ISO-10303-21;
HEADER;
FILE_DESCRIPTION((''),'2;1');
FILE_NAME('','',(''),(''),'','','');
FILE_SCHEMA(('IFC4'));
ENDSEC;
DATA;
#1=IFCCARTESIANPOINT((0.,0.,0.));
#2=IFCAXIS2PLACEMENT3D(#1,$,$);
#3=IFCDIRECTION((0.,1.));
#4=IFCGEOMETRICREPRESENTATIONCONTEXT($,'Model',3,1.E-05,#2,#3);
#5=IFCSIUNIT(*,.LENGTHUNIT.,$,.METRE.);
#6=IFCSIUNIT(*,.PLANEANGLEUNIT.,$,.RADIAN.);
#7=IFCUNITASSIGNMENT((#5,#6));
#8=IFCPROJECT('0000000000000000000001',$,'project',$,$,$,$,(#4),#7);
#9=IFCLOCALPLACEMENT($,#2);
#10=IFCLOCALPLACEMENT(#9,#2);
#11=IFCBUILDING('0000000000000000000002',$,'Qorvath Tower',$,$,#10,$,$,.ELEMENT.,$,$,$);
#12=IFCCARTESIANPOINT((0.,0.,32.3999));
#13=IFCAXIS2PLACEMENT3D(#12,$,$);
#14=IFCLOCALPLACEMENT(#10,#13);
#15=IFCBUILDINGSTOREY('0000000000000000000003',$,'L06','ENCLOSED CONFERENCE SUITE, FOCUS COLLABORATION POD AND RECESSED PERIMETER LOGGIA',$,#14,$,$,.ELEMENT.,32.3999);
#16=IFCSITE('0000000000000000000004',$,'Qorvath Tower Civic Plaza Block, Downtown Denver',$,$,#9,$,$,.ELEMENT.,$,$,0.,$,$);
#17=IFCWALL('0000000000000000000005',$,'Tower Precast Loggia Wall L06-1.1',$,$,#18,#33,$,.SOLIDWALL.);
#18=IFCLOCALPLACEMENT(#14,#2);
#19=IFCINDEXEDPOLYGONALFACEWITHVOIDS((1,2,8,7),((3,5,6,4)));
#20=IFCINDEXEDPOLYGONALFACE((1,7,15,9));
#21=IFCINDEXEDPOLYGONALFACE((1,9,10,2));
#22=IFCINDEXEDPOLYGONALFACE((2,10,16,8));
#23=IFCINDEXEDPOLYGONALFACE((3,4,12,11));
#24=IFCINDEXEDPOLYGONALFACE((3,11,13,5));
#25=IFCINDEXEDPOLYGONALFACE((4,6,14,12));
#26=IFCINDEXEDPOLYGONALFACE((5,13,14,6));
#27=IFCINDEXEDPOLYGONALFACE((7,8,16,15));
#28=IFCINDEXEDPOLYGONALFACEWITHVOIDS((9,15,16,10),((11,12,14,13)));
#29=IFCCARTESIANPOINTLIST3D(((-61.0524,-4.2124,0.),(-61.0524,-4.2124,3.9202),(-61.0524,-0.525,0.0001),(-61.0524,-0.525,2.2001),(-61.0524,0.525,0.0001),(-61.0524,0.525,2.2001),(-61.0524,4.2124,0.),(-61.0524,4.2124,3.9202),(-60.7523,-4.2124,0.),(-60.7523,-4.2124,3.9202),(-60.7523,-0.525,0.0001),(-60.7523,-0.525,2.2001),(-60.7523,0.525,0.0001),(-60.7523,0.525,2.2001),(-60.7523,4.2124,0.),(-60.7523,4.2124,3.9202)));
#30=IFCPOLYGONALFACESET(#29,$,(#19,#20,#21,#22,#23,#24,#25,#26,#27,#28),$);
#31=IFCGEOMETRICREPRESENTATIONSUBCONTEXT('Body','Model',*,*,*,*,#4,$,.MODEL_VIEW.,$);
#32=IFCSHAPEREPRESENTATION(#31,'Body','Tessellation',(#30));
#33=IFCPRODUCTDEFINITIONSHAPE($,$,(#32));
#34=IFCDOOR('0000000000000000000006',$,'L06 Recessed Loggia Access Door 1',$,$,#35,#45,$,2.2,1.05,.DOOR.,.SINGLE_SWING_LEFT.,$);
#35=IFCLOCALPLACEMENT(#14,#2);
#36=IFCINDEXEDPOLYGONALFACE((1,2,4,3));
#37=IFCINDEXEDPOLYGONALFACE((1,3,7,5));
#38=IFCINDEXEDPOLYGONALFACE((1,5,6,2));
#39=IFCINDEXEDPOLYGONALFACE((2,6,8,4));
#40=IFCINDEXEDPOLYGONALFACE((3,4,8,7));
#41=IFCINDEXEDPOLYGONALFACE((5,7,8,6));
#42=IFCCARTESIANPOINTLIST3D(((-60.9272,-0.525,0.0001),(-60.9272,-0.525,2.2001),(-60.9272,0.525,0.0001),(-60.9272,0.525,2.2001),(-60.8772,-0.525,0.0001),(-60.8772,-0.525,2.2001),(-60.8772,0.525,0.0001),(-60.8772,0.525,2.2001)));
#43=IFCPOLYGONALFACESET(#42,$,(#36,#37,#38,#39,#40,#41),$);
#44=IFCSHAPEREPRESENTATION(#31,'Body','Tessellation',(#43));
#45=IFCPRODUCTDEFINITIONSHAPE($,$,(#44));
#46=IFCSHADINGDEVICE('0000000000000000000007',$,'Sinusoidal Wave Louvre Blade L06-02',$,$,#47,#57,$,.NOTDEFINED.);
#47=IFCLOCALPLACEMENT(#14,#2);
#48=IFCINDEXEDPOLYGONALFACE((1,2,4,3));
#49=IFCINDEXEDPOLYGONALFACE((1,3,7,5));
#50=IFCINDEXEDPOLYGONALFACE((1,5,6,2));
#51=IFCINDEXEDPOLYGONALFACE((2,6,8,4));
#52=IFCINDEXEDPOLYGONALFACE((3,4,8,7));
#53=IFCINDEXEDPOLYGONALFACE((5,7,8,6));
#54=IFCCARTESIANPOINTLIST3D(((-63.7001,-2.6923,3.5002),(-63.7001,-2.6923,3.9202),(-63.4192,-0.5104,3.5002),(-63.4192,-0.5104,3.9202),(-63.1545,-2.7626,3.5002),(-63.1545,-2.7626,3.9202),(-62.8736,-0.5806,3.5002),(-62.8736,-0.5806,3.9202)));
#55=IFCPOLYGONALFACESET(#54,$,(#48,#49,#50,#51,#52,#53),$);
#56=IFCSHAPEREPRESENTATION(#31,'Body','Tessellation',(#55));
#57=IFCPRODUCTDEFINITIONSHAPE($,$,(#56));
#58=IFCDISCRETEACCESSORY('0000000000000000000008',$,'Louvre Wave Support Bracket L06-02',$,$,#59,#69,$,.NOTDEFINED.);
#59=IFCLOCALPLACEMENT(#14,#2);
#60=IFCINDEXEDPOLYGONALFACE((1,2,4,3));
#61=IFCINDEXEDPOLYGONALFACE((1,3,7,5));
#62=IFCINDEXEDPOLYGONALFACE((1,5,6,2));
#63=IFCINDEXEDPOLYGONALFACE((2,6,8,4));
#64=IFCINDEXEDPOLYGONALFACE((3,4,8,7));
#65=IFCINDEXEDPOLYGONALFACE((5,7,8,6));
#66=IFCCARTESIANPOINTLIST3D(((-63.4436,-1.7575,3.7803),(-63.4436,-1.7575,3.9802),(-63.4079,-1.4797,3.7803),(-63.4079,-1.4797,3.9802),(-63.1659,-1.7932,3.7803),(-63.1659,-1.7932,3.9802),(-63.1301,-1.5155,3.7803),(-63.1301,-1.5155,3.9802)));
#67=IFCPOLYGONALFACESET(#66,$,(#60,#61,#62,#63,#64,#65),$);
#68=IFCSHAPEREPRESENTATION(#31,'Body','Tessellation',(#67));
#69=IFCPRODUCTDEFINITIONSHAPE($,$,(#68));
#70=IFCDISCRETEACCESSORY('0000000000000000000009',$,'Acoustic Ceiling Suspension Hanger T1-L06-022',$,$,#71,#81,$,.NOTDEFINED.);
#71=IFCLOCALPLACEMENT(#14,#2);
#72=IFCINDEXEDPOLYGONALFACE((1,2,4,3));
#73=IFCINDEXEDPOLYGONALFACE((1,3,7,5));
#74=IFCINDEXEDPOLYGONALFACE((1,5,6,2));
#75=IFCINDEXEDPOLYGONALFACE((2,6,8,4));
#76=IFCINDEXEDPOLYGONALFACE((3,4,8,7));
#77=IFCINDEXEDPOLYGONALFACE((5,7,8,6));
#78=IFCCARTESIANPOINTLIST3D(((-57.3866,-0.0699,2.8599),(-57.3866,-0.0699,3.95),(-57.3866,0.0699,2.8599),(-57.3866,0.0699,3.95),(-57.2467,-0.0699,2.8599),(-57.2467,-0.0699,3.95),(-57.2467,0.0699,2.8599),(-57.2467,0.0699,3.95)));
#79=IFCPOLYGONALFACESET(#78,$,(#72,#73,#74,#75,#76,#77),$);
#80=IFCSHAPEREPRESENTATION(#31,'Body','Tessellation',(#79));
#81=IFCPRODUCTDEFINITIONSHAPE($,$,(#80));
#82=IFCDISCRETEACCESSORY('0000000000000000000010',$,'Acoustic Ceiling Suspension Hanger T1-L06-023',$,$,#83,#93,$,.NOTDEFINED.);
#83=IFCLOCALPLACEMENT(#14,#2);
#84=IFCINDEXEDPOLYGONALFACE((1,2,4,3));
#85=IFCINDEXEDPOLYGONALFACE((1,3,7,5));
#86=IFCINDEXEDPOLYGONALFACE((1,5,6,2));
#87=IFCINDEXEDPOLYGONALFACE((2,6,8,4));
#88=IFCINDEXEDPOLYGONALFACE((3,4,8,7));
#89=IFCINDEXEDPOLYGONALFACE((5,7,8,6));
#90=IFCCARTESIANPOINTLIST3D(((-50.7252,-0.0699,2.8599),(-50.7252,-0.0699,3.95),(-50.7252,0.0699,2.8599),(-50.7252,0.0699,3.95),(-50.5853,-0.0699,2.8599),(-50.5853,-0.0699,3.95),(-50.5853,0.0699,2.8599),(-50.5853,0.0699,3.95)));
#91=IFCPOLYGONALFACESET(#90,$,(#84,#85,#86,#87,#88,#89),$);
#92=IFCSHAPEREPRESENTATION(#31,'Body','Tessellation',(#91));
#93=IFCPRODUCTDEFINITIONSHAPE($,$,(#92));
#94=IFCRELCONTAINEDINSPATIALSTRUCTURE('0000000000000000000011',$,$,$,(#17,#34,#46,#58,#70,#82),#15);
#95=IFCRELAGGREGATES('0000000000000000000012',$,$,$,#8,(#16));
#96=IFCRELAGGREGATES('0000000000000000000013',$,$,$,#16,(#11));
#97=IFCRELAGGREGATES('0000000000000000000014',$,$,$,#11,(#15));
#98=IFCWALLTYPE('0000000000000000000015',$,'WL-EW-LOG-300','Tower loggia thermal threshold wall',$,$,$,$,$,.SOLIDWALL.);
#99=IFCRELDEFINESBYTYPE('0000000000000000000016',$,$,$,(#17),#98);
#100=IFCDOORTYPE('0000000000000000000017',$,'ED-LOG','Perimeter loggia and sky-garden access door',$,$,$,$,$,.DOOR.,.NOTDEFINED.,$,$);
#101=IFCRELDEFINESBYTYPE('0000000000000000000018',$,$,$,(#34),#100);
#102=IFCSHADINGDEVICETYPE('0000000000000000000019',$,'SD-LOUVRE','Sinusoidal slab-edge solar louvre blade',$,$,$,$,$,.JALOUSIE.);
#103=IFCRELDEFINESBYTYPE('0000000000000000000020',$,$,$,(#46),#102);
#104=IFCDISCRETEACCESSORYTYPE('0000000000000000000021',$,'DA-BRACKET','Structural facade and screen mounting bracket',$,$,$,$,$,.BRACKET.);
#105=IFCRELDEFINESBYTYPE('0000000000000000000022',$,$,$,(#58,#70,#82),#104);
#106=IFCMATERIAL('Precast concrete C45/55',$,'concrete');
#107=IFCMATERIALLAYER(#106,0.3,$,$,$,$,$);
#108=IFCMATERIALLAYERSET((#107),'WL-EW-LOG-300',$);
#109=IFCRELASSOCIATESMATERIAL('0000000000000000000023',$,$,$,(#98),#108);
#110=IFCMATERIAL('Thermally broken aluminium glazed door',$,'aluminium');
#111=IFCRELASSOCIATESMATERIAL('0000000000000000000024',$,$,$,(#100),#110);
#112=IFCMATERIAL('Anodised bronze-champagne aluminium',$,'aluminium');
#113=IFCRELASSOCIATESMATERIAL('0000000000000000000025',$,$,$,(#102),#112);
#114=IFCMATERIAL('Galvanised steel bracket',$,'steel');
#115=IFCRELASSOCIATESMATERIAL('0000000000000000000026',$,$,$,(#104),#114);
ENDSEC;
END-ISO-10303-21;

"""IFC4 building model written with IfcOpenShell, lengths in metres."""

from ifc_helpers import new_model, si_unit, direction, frame, frame_2d, origin, origin_2d, place, context, subcontext, project, spatial, rectangle, extrude, material, layer, layer_set, type_object, element, fill, save


model = new_model("IFC4")

# Units and contexts
model_context = context("Model", 3, precision=1e-05, world=origin(), true_north=direction((0.0, 1.0)))
body_context = subcontext(model_context, "Body", "Model", "MODEL_VIEW")
ifc_project = project(units=[si_unit("LENGTHUNIT", "METRE"), si_unit("PLANEANGLEUNIT", "RADIAN")], contexts=[model_context])

# Site, building, storey
site_placement = place(None, origin())
site = spatial("IfcSite", under=ifc_project, at=site_placement, Name="Qorvath Tower Civic Plaza Block, Downtown Denver", CompositionType="ELEMENT", RefElevation=0.0)
building_placement = place(site_placement, origin())
building = spatial("IfcBuilding", under=site, at=building_placement, Name="Qorvath Tower", CompositionType="ELEMENT")
storey_placement = place(building_placement, frame((0.0, 0.0, 32.3999)))
storey = spatial("IfcBuildingStorey", under=building, at=storey_placement, Name="L06", Description="ENCLOSED CONFERENCE SUITE, FOCUS COLLABORATION POD AND RECESSED PERIMETER LOGGIA", CompositionType="ELEMENT", Elevation=32.3999)

# Wall, opening, door
ifc_material_1 = material(Name="Precast concrete C45/55", Category="concrete")
ifc_layer_1 = layer(ifc_material_1, 0.3)
ifc_layer_set_1 = layer_set([ifc_layer_1], Name="WL-EW-LOG-300")
wall_type = type_object("IfcWallType", Name="WL-EW-LOG-300", Description="Tower loggia thermal threshold wall", PredefinedType="SOLIDWALL", material=ifc_layer_set_1)
wall_placement = place(storey_placement, frame((-60.9023, -4.2124, 0.0), z_axis=(0.0, 0.0, 1.0), x_axis=(0.0, 1.0, 0.0)))
wall = element("IfcWall", 1, at=wall_placement, inside=storey, type_object=wall_type, Name="Tower Precast Loggia Wall L06-1.1", PredefinedType="SOLIDWALL", context=body_context, shape_type="SweptSolid", body=[
    extrude(rectangle(XDim=8.4248, YDim=0.3, at=frame_2d((4.2124, 0.0))), origin(), (0.0, 0.0, 1.0), 3.9202),
])
opening_placement = place(wall_placement, frame((3.6875, 0.0, 0.0)))
opening = element("IfcOpeningElement", 2, at=opening_placement, cuts=wall, PredefinedType="OPENING", context=body_context, shape_type="SweptSolid", body=[
    extrude(rectangle(XDim=1.05, YDim=2.2, at=frame_2d((0.5249, 1.1001))), frame((0.0, 0.1602, 0.0), z_axis=(0.0, -1.0, 0.0), x_axis=(1.0, 0.0, 0.0)), (0.0, 0.0, 1.0), 0.3201),
])
ifc_material_2 = material(Name="Thermally broken aluminium glazed door", Category="aluminium")
door_type = type_object("IfcDoorType", Name="ED-LOG", Description="Perimeter loggia and sky-garden access door", OperationType="NOTDEFINED", PredefinedType="DOOR", material=ifc_material_2)
door_placement = place(opening_placement, origin())
door = element("IfcDoor", 3, at=door_placement, inside=storey, type_object=door_type, Name="L06 Recessed Loggia Access Door 1", OperationType="SINGLE_SWING_LEFT", OverallHeight=2.2, OverallWidth=1.05, PredefinedType="DOOR", context=body_context, shape_type="SweptSolid", body=[
    extrude(rectangle(XDim=1.05, YDim=2.2, at=frame_2d((0.5249, 1.1001))), frame((0.0, 0.0249, 0.0), z_axis=(0.0, -1.0, 0.0), x_axis=(1.0, 0.0, 0.0)), (0.0, 0.0, 1.0), 0.05),
])
fill(opening, door)

# Shading device
ifc_material_3 = material(Name="Anodised bronze-champagne aluminium", Category="aluminium")
shading_device_type = type_object("IfcShadingDeviceType", Name="SD-LOUVRE", Description="Sinusoidal slab-edge solar louvre blade", PredefinedType="JALOUSIE", material=ifc_material_3)
shading_device_placement = place(storey_placement, frame((-63.2869, -1.6365, 3.5002), z_axis=(0.0, 0.0, 1.0), x_axis=(-0.127686, -0.991815, 0.0)))
element("IfcShadingDevice", 4, at=shading_device_placement, inside=storey, type_object=shading_device_type, Name="Sinusoidal Wave Louvre Blade L06-02", PredefinedType="NOTDEFINED", context=body_context, shape_type="SweptSolid", body=[
    extrude(rectangle(XDim=2.2, YDim=0.55, at=origin_2d()), origin(), (0.0, 0.0, 1.0), 0.4199),
])

# Discrete accessories
ifc_material_4 = material(Name="Galvanised steel bracket", Category="steel")
discrete_accessory_type = type_object("IfcDiscreteAccessoryType", Name="DA-BRACKET", Description="Structural facade and screen mounting bracket", PredefinedType="BRACKET", material=ifc_material_4)
discrete_accessory_placement = place(storey_placement, frame((-63.2869, -1.6365, 3.7803), z_axis=(0.0, 0.0, 1.0), x_axis=(-0.127686, -0.991815, 0.0)))
element("IfcDiscreteAccessory", 5, at=discrete_accessory_placement, inside=storey, type_object=discrete_accessory_type, Name="Louvre Wave Support Bracket L06-02", PredefinedType="NOTDEFINED", context=body_context, shape_type="SweptSolid", body=[
    extrude(rectangle(XDim=0.28, YDim=0.28, at=origin_2d()), origin(), (0.0, 0.0, 1.0), 0.2),
])
for number, where, z_axis, x_axis, name in (
    (6, (-57.3167, 0.0, 2.8599), (0.0, 0.0, 1.0), (1.0, 0.0, 0.0), "Acoustic Ceiling Suspension Hanger T1-L06-022"),
    (7, (-50.6553, 0.0, 2.8599), (0.0, 0.0, 1.0), (1.0, 0.0, 0.0), "Acoustic Ceiling Suspension Hanger T1-L06-023"),
):
    element("IfcDiscreteAccessory", number, at=place(storey_placement, frame(where, z_axis=z_axis, x_axis=x_axis)), inside=storey, type_object=discrete_accessory_type, Name=name, PredefinedType="NOTDEFINED", context=body_context, shape_type="SweptSolid", body=[
        extrude(rectangle(XDim=0.1399, YDim=0.1399, at=origin_2d()), origin(), (0.0, 0.0, 1.0), 1.0901),
    ])

save(model, "model.ifc")
